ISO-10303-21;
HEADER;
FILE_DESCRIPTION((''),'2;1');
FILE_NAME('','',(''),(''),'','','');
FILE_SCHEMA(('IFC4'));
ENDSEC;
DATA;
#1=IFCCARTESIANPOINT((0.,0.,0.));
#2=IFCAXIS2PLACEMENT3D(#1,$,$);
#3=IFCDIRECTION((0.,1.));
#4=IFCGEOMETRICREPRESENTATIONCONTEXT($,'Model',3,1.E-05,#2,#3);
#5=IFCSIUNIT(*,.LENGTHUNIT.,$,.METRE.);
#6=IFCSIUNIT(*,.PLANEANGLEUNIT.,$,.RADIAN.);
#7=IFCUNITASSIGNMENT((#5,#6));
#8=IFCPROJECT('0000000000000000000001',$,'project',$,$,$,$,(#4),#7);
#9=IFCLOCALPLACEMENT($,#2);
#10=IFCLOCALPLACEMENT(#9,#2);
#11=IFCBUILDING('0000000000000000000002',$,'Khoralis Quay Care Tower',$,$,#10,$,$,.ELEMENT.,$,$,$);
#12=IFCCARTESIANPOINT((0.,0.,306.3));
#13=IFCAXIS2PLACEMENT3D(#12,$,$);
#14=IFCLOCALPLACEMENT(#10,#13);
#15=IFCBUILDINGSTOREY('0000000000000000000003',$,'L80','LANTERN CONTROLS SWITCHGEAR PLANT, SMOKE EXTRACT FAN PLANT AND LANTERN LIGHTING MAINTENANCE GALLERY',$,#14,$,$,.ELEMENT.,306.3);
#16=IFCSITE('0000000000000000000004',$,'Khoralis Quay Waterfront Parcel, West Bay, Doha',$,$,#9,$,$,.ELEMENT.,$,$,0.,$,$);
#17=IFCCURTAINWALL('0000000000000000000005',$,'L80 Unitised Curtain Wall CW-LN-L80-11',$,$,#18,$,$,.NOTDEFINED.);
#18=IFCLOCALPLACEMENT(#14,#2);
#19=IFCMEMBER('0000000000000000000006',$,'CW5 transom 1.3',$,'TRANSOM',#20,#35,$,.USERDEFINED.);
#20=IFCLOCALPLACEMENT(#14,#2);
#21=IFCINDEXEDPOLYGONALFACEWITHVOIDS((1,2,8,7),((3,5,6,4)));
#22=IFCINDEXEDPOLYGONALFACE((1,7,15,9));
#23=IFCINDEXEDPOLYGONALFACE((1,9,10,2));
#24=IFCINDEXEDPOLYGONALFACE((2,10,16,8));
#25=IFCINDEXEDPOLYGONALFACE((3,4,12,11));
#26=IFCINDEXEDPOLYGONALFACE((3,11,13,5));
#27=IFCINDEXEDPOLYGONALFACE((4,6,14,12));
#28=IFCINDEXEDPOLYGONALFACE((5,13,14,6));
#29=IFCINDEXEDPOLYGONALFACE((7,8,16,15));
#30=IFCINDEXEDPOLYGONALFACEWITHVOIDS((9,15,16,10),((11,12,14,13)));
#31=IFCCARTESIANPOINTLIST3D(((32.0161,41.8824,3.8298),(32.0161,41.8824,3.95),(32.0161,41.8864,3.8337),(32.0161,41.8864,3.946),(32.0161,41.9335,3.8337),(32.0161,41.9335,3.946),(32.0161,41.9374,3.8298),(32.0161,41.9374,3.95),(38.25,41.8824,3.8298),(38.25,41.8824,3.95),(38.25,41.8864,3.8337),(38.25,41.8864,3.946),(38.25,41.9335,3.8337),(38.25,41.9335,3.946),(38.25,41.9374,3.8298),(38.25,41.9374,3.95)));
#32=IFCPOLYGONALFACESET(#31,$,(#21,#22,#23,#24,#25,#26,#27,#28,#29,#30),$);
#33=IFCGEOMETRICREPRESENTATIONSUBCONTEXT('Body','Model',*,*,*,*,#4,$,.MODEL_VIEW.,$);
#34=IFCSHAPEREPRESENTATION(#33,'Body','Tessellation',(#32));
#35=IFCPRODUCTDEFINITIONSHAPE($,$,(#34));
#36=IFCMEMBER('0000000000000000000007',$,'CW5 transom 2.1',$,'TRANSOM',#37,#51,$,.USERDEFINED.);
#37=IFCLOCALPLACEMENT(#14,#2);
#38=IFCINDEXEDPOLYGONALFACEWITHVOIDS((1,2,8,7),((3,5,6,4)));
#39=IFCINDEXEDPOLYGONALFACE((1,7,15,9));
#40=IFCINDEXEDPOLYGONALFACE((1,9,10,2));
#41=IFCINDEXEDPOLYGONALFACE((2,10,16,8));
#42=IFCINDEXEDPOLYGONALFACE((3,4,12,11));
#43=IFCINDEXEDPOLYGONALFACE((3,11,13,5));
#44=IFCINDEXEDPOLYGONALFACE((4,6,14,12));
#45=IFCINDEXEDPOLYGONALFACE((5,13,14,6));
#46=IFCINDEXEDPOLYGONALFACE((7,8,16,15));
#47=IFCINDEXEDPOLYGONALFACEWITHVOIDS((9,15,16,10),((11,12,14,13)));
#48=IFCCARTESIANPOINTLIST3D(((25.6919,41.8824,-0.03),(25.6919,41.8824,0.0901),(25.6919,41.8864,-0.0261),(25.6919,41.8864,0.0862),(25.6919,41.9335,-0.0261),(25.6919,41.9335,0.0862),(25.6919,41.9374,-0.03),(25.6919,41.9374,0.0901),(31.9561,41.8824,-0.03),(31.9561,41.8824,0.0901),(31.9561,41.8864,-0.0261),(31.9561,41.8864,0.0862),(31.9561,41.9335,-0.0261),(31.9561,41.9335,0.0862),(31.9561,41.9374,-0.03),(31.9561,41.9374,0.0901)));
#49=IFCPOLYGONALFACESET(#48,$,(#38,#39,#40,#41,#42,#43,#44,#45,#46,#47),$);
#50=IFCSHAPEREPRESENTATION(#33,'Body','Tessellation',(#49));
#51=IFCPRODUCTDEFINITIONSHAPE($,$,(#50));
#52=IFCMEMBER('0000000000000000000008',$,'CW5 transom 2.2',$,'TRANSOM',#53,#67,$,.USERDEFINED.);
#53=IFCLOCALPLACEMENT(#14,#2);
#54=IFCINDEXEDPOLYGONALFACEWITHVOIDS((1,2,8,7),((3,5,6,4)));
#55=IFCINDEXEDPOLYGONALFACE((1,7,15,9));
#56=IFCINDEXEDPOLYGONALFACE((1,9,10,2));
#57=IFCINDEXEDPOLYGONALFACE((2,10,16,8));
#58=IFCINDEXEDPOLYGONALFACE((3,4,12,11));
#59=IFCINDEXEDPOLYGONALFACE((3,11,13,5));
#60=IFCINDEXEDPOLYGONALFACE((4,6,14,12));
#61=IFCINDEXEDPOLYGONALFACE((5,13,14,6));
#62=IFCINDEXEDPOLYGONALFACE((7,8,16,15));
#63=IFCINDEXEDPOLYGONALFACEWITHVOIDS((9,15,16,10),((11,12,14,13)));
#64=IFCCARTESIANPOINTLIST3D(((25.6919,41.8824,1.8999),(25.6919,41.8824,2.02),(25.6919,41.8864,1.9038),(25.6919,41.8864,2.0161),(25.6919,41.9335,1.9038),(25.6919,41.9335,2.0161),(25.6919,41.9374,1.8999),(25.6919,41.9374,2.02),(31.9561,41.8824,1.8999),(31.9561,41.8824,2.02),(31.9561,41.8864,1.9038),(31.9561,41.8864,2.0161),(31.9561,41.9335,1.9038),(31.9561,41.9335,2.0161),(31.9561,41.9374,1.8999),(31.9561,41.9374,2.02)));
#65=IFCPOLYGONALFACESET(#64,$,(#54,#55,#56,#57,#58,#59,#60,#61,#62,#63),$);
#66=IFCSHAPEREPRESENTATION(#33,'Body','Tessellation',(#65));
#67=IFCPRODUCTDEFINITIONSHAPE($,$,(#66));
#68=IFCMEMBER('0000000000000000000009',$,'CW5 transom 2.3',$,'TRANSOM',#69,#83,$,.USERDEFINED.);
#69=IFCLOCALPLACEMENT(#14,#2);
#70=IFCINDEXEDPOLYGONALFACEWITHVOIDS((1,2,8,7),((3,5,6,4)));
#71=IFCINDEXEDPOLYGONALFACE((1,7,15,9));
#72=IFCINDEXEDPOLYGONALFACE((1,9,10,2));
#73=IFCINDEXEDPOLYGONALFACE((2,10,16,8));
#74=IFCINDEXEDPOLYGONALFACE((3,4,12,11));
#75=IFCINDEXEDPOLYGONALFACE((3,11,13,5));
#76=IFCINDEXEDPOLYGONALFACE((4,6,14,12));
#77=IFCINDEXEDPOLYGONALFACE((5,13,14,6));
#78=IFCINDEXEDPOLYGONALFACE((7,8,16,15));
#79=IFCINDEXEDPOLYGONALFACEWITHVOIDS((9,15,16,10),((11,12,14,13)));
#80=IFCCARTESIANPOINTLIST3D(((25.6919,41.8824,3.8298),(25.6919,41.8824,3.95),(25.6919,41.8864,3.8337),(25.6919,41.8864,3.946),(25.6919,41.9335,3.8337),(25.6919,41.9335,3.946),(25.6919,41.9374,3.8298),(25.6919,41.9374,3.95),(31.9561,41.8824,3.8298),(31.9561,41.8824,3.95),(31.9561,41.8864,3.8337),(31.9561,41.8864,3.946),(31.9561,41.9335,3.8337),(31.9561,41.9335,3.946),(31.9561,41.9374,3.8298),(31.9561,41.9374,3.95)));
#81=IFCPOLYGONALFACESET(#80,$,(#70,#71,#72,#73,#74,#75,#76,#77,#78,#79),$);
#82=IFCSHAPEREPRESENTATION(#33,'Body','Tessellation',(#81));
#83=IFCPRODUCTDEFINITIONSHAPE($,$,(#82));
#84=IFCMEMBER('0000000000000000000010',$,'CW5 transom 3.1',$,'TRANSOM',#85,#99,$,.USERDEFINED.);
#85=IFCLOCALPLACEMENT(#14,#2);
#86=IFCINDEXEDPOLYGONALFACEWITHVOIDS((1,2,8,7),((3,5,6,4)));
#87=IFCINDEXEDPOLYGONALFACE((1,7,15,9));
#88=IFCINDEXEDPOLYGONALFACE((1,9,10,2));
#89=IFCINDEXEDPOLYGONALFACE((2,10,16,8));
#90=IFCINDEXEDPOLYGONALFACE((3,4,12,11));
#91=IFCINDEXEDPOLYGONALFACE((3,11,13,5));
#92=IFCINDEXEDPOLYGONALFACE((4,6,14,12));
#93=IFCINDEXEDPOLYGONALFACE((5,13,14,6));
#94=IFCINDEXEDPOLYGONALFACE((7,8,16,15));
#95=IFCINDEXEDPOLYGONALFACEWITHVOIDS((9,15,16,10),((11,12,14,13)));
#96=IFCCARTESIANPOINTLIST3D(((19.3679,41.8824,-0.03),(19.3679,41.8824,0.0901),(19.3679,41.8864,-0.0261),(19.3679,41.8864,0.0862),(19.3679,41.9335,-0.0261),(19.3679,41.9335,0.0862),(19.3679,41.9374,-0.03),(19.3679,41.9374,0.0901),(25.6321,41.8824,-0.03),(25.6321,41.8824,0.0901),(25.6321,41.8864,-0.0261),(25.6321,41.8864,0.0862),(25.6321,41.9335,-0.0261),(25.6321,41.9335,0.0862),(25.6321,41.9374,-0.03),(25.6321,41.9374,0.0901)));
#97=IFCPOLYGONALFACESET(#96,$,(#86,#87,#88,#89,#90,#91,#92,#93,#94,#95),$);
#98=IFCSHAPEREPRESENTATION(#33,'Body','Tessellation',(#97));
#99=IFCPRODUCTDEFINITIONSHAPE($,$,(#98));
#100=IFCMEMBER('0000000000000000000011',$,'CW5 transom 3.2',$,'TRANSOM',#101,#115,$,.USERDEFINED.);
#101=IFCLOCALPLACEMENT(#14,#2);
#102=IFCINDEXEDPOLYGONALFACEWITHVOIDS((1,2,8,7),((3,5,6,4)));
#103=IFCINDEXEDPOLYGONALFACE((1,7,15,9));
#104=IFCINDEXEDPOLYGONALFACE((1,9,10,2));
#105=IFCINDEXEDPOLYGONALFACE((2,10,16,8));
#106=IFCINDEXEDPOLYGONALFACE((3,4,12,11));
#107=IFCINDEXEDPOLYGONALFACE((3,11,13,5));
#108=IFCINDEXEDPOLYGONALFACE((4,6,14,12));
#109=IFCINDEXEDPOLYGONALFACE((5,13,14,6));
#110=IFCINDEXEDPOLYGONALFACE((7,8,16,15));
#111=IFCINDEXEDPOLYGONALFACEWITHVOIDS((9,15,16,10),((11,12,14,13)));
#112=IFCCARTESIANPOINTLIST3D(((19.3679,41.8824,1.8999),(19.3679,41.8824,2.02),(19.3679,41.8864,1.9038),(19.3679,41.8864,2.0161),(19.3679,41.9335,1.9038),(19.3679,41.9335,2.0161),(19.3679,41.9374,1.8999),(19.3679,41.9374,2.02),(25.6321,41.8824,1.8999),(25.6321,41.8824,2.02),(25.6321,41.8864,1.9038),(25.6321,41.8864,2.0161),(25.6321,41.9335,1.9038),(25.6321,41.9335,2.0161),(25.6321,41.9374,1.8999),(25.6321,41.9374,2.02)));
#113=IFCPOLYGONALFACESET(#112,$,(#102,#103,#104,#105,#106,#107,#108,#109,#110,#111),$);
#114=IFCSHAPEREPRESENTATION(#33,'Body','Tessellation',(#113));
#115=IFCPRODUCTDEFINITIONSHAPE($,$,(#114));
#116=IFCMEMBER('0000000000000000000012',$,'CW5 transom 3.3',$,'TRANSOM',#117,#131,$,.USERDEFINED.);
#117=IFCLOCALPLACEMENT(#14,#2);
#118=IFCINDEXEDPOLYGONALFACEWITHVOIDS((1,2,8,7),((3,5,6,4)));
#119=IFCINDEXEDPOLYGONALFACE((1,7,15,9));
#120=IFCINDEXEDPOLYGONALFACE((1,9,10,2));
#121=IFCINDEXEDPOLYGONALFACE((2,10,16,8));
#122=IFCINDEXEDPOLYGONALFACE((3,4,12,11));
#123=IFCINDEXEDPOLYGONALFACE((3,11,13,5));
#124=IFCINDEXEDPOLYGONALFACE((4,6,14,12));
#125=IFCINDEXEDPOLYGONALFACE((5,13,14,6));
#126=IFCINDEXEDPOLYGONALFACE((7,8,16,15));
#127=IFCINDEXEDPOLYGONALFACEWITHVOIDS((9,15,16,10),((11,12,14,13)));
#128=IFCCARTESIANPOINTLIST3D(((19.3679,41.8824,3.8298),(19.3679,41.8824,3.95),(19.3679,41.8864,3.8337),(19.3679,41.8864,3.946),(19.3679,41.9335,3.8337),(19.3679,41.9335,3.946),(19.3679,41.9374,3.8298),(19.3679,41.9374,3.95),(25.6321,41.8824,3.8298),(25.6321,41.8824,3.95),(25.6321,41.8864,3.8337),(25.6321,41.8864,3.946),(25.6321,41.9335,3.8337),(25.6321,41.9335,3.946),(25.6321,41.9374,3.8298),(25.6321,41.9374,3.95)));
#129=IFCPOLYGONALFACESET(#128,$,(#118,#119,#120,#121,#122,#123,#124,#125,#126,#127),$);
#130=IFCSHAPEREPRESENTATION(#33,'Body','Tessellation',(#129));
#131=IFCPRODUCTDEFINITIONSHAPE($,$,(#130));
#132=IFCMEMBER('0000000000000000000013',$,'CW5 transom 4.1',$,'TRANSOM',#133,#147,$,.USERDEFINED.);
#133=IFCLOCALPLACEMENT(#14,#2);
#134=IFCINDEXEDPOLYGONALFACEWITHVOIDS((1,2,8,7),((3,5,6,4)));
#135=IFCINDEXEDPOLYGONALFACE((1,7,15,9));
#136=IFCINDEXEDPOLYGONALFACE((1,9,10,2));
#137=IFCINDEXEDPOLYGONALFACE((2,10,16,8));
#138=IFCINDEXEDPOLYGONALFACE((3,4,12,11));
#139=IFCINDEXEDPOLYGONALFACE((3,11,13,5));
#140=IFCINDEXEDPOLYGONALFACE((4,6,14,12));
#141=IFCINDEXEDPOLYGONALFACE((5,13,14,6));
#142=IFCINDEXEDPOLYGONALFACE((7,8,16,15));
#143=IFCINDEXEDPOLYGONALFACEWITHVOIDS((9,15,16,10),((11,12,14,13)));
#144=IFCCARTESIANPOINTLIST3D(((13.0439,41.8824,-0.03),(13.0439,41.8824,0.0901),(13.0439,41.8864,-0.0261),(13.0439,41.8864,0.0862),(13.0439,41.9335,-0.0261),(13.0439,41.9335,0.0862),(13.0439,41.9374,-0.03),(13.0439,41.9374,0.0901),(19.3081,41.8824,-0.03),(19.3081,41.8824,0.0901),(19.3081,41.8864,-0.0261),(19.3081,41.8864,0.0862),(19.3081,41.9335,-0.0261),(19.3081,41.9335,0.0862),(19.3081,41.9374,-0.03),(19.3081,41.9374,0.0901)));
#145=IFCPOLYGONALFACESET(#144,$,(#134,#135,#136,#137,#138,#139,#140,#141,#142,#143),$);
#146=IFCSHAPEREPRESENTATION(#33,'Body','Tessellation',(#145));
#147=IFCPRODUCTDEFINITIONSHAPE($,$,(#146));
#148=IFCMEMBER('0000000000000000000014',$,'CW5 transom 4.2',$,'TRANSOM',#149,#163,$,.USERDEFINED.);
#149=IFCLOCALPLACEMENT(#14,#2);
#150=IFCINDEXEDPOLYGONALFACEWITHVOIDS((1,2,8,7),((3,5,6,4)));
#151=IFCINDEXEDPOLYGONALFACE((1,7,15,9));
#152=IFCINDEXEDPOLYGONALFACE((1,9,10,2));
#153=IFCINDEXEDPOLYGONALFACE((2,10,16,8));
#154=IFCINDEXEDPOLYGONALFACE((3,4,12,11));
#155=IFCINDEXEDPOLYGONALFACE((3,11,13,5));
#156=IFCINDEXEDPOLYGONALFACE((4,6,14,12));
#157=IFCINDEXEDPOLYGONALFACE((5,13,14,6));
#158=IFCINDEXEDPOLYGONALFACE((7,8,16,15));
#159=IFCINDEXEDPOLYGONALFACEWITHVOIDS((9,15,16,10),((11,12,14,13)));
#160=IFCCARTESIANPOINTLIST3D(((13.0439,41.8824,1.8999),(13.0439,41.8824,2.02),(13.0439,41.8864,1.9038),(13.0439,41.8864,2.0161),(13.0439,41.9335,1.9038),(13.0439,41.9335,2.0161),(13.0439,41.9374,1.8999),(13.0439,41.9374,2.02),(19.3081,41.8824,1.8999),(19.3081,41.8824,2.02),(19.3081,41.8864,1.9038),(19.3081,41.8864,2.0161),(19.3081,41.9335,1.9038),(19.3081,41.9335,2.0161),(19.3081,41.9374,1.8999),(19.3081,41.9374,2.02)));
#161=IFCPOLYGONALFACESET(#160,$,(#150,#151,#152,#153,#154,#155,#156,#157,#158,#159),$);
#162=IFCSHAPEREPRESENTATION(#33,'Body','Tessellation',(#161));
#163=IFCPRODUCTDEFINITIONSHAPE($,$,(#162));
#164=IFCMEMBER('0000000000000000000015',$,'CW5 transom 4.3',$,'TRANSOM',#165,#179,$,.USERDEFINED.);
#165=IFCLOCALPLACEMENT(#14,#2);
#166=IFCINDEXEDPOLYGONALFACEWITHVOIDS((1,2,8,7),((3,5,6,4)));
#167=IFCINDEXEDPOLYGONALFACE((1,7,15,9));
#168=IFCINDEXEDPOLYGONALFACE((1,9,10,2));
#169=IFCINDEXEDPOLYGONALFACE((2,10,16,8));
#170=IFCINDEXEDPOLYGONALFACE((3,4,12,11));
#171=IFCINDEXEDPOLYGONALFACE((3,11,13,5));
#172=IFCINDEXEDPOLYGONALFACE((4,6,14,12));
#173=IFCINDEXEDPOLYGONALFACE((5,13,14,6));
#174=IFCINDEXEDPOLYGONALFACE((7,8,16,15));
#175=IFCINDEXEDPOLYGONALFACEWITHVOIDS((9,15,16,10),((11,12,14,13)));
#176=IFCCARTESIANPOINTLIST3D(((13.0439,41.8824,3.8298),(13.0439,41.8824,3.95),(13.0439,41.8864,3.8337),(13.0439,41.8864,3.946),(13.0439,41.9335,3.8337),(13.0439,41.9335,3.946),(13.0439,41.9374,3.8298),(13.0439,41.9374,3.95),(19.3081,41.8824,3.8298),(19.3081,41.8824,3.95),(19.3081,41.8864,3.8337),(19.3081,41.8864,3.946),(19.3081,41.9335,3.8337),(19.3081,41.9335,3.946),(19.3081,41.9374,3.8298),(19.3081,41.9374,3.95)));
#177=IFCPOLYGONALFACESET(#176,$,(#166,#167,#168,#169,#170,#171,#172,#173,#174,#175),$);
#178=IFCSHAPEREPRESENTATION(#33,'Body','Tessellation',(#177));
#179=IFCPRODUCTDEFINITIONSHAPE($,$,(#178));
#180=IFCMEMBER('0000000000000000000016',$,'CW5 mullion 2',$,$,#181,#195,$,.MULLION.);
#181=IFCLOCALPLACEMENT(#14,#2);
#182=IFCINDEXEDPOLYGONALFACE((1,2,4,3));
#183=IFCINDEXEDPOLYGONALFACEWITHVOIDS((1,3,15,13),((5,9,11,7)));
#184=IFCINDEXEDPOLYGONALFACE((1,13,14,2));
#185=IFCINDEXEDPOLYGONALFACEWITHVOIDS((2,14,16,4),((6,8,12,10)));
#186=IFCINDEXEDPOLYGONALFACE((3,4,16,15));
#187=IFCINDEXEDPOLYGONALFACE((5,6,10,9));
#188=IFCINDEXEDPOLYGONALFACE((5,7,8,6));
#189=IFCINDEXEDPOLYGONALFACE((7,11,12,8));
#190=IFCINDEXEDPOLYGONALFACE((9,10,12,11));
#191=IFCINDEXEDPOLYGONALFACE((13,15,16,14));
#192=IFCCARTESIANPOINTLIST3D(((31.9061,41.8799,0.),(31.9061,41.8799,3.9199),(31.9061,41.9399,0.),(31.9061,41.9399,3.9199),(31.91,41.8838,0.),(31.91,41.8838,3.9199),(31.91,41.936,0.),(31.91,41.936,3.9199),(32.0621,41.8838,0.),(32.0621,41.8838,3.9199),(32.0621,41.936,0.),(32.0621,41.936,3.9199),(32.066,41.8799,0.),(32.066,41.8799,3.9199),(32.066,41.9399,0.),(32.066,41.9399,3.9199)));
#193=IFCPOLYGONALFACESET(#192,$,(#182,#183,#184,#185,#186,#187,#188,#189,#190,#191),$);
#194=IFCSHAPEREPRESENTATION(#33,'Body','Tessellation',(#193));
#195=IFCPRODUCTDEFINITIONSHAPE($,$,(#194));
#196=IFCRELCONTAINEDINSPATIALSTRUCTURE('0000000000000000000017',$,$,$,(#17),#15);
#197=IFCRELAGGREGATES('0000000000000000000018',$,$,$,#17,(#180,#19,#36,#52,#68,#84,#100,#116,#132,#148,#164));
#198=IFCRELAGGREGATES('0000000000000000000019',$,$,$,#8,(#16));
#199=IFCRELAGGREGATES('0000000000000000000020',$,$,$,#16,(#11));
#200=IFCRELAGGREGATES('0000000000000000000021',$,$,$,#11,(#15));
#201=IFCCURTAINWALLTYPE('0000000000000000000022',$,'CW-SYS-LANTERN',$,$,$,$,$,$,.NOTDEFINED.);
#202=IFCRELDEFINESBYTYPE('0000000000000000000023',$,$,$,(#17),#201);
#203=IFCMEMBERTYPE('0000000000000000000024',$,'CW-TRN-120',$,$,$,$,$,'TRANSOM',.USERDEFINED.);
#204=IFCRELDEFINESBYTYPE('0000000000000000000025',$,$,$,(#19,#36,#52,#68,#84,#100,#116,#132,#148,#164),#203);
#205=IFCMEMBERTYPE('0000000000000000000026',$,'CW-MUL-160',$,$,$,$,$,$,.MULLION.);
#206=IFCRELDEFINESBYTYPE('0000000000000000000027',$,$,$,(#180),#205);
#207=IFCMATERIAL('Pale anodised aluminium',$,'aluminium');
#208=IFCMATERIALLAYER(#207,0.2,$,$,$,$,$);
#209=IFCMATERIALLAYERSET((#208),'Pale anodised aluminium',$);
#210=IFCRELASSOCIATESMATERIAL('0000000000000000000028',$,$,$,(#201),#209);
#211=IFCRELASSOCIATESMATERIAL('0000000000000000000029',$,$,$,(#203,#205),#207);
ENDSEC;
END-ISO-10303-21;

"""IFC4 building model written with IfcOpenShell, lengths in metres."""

from ifc_helpers import new_model, si_unit, direction, frame, origin, origin_2d, place, context, subcontext, project, spatial, hollow_rectangle, extrude, source, transform, mapped, material, layer, layer_set, material_profile, profile_set, type_object, element, aggregate, save


model = new_model("IFC4")

# Units and contexts
model_context = context("Model", 3, precision=1e-05, world=origin(), true_north=direction((0.0, 1.0)))
body_context = subcontext(model_context, "Body", "Model", "MODEL_VIEW")
ifc_project = project(units=[si_unit("LENGTHUNIT", "METRE"), si_unit("PLANEANGLEUNIT", "RADIAN")], contexts=[model_context])

# Site, building, storey
site_placement = place(None, origin())
site = spatial("IfcSite", under=ifc_project, at=site_placement, Name="Khoralis Quay Waterfront Parcel, West Bay, Doha", CompositionType="ELEMENT", RefElevation=0.0)
building_placement = place(site_placement, origin())
building = spatial("IfcBuilding", under=site, at=building_placement, Name="Khoralis Quay Care Tower", CompositionType="ELEMENT")
storey_placement = place(building_placement, frame((0.0, 0.0, 306.3)))
storey = spatial("IfcBuildingStorey", under=building, at=storey_placement, Name="L80", Description="LANTERN CONTROLS SWITCHGEAR PLANT, SMOKE EXTRACT FAN PLANT AND LANTERN LIGHTING MAINTENANCE GALLERY", CompositionType="ELEMENT", Elevation=306.3)

# Curtain wall, members
ifc_material_1 = material(Name="Pale anodised aluminium", Category="aluminium")
ifc_layer_1 = layer(ifc_material_1, 0.2)
ifc_layer_set_1 = layer_set([ifc_layer_1], Name="Pale anodised aluminium")
curtain_wall_type = type_object("IfcCurtainWallType", Name="CW-SYS-LANTERN", PredefinedType="NOTDEFINED", material=ifc_layer_set_1)
curtain_wall_placement = place(storey_placement, origin())
curtain_wall = element("IfcCurtainWall", 1, at=curtain_wall_placement, inside=storey, type_object=curtain_wall_type, Name="L80 Unitised Curtain Wall CW-LN-L80-11", PredefinedType="NOTDEFINED")
ifc_material_profile_1 = material_profile(ifc_material_1, hollow_rectangle(XDim=0.0549, YDim=0.1201, WallThickness=0.0039, at=origin_2d()), Name="Pale anodised aluminium")
ifc_profile_set_1 = profile_set([ifc_material_profile_1], Name="Pale anodised aluminium")
member_type_1 = type_object("IfcMemberType", Name="CW-TRN-120", ElementType="TRANSOM", PredefinedType="USERDEFINED", material=ifc_profile_set_1)
shared_shape_1 = source(origin(), body_context, "Body", "SweptSolid", [
    extrude(hollow_rectangle(XDim=0.0549, YDim=0.1201, WallThickness=0.0039, at=origin_2d()), origin(), (0.0, 0.0, 1.0), 6.2339),
])
member_1_placement = place(storey_placement, frame((38.25, 41.9099, 3.8899), z_axis=(-1.0, 0.0, 0.0), x_axis=(0.0, -1.0, 0.0)))
member_1 = element("IfcMember", 2, at=member_1_placement, type_object=member_type_1, Name="CW5 transom 1.3", ObjectType="TRANSOM", PredefinedType="USERDEFINED", context=body_context, shape_type="MappedRepresentation", body=[
    mapped(shared_shape_1, transform((0.0, 0.0, 0.0), scale=1.0)),
])
shared_shape_2 = source(origin(), body_context, "Body", "SweptSolid", [
    extrude(hollow_rectangle(XDim=0.0549, YDim=0.1201, WallThickness=0.0039, at=origin_2d()), origin(), (0.0, 0.0, 1.0), 6.2642),
])
member_2_placement = place(storey_placement, frame((31.9561, 41.9099, 0.03), z_axis=(-1.0, 0.0, 0.0), x_axis=(0.0, -1.0, 0.0)))
member_2 = element("IfcMember", 3, at=member_2_placement, type_object=member_type_1, Name="CW5 transom 2.1", ObjectType="TRANSOM", PredefinedType="USERDEFINED", context=body_context, shape_type="MappedRepresentation", body=[
    mapped(shared_shape_2, transform((0.0, 0.0, 0.0), scale=1.0)),
])
member_3_placement = place(storey_placement, frame((31.9561, 41.9099, 1.96), z_axis=(-1.0, 0.0, 0.0), x_axis=(0.0, -1.0, 0.0)))
member_3 = element("IfcMember", 4, at=member_3_placement, type_object=member_type_1, Name="CW5 transom 2.2", ObjectType="TRANSOM", PredefinedType="USERDEFINED", context=body_context, shape_type="MappedRepresentation", body=[
    mapped(shared_shape_2, transform((0.0, 0.0, 0.0), scale=1.0)),
])
member_4_placement = place(storey_placement, frame((31.9561, 41.9099, 3.8899), z_axis=(-1.0, 0.0, 0.0), x_axis=(0.0, -1.0, 0.0)))
member_4 = element("IfcMember", 5, at=member_4_placement, type_object=member_type_1, Name="CW5 transom 2.3", ObjectType="TRANSOM", PredefinedType="USERDEFINED", context=body_context, shape_type="MappedRepresentation", body=[
    mapped(shared_shape_2, transform((0.0, 0.0, 0.0), scale=1.0)),
])
member_5_placement = place(storey_placement, frame((25.6321, 41.9099, 0.03), z_axis=(-1.0, 0.0, 0.0), x_axis=(0.0, -1.0, 0.0)))
member_5 = element("IfcMember", 6, at=member_5_placement, type_object=member_type_1, Name="CW5 transom 3.1", ObjectType="TRANSOM", PredefinedType="USERDEFINED", context=body_context, shape_type="MappedRepresentation", body=[
    mapped(shared_shape_2, transform((0.0, 0.0, 0.0), scale=1.0)),
])
member_6_placement = place(storey_placement, frame((25.6321, 41.9099, 1.96), z_axis=(-1.0, 0.0, 0.0), x_axis=(0.0, -1.0, 0.0)))
member_6 = element("IfcMember", 7, at=member_6_placement, type_object=member_type_1, Name="CW5 transom 3.2", ObjectType="TRANSOM", PredefinedType="USERDEFINED", context=body_context, shape_type="MappedRepresentation", body=[
    mapped(shared_shape_2, transform((0.0, 0.0, 0.0), scale=1.0)),
])
member_7_placement = place(storey_placement, frame((25.6321, 41.9099, 3.8899), z_axis=(-1.0, 0.0, 0.0), x_axis=(0.0, -1.0, 0.0)))
member_7 = element("IfcMember", 8, at=member_7_placement, type_object=member_type_1, Name="CW5 transom 3.3", ObjectType="TRANSOM", PredefinedType="USERDEFINED", context=body_context, shape_type="MappedRepresentation", body=[
    mapped(shared_shape_2, transform((0.0, 0.0, 0.0), scale=1.0)),
])
member_8_placement = place(storey_placement, frame((19.3081, 41.9099, 0.03), z_axis=(-1.0, 0.0, 0.0), x_axis=(0.0, -1.0, 0.0)))
member_8 = element("IfcMember", 9, at=member_8_placement, type_object=member_type_1, Name="CW5 transom 4.1", ObjectType="TRANSOM", PredefinedType="USERDEFINED", context=body_context, shape_type="MappedRepresentation", body=[
    mapped(shared_shape_2, transform((0.0, 0.0, 0.0), scale=1.0)),
])
member_9_placement = place(storey_placement, frame((19.3081, 41.9099, 1.96), z_axis=(-1.0, 0.0, 0.0), x_axis=(0.0, -1.0, 0.0)))
member_9 = element("IfcMember", 10, at=member_9_placement, type_object=member_type_1, Name="CW5 transom 4.2", ObjectType="TRANSOM", PredefinedType="USERDEFINED", context=body_context, shape_type="MappedRepresentation", body=[
    mapped(shared_shape_2, transform((0.0, 0.0, 0.0), scale=1.0)),
])
member_10_placement = place(storey_placement, frame((19.3081, 41.9099, 3.8899), z_axis=(-1.0, 0.0, 0.0), x_axis=(0.0, -1.0, 0.0)))
member_10 = element("IfcMember", 11, at=member_10_placement, type_object=member_type_1, Name="CW5 transom 4.3", ObjectType="TRANSOM", PredefinedType="USERDEFINED", context=body_context, shape_type="MappedRepresentation", body=[
    mapped(shared_shape_2, transform((0.0, 0.0, 0.0), scale=1.0)),
])
ifc_material_profile_2 = material_profile(ifc_material_1, hollow_rectangle(XDim=0.0601, YDim=0.1599, WallThickness=0.0039, at=origin_2d()), Name="Pale anodised aluminium")
ifc_profile_set_2 = profile_set([ifc_material_profile_2], Name="Pale anodised aluminium")
member_type_2 = type_object("IfcMemberType", Name="CW-MUL-160", PredefinedType="MULLION", material=ifc_profile_set_2)
shared_shape_3 = source(origin(), body_context, "Body", "SweptSolid", [
    extrude(hollow_rectangle(XDim=0.0601, YDim=0.1599, WallThickness=0.0039, at=origin_2d()), origin(), (0.0, 0.0, 1.0), 3.9199),
])
member_11_placement = place(storey_placement, frame((31.9861, 41.9099, 0.0), z_axis=(0.0, 0.0, 1.0), x_axis=(0.0, -1.0, 0.0)))
member_11 = element("IfcMember", 12, at=member_11_placement, type_object=member_type_2, Name="CW5 mullion 2", PredefinedType="MULLION", context=body_context, shape_type="MappedRepresentation", body=[
    mapped(shared_shape_3, transform((0.0, 0.0, 0.0), scale=1.0)),
])
aggregate(curtain_wall, [member_11, member_1, member_2, member_3, member_4, member_5, member_6, member_7, member_8, member_9, member_10])

save(model, "model.ifc")
